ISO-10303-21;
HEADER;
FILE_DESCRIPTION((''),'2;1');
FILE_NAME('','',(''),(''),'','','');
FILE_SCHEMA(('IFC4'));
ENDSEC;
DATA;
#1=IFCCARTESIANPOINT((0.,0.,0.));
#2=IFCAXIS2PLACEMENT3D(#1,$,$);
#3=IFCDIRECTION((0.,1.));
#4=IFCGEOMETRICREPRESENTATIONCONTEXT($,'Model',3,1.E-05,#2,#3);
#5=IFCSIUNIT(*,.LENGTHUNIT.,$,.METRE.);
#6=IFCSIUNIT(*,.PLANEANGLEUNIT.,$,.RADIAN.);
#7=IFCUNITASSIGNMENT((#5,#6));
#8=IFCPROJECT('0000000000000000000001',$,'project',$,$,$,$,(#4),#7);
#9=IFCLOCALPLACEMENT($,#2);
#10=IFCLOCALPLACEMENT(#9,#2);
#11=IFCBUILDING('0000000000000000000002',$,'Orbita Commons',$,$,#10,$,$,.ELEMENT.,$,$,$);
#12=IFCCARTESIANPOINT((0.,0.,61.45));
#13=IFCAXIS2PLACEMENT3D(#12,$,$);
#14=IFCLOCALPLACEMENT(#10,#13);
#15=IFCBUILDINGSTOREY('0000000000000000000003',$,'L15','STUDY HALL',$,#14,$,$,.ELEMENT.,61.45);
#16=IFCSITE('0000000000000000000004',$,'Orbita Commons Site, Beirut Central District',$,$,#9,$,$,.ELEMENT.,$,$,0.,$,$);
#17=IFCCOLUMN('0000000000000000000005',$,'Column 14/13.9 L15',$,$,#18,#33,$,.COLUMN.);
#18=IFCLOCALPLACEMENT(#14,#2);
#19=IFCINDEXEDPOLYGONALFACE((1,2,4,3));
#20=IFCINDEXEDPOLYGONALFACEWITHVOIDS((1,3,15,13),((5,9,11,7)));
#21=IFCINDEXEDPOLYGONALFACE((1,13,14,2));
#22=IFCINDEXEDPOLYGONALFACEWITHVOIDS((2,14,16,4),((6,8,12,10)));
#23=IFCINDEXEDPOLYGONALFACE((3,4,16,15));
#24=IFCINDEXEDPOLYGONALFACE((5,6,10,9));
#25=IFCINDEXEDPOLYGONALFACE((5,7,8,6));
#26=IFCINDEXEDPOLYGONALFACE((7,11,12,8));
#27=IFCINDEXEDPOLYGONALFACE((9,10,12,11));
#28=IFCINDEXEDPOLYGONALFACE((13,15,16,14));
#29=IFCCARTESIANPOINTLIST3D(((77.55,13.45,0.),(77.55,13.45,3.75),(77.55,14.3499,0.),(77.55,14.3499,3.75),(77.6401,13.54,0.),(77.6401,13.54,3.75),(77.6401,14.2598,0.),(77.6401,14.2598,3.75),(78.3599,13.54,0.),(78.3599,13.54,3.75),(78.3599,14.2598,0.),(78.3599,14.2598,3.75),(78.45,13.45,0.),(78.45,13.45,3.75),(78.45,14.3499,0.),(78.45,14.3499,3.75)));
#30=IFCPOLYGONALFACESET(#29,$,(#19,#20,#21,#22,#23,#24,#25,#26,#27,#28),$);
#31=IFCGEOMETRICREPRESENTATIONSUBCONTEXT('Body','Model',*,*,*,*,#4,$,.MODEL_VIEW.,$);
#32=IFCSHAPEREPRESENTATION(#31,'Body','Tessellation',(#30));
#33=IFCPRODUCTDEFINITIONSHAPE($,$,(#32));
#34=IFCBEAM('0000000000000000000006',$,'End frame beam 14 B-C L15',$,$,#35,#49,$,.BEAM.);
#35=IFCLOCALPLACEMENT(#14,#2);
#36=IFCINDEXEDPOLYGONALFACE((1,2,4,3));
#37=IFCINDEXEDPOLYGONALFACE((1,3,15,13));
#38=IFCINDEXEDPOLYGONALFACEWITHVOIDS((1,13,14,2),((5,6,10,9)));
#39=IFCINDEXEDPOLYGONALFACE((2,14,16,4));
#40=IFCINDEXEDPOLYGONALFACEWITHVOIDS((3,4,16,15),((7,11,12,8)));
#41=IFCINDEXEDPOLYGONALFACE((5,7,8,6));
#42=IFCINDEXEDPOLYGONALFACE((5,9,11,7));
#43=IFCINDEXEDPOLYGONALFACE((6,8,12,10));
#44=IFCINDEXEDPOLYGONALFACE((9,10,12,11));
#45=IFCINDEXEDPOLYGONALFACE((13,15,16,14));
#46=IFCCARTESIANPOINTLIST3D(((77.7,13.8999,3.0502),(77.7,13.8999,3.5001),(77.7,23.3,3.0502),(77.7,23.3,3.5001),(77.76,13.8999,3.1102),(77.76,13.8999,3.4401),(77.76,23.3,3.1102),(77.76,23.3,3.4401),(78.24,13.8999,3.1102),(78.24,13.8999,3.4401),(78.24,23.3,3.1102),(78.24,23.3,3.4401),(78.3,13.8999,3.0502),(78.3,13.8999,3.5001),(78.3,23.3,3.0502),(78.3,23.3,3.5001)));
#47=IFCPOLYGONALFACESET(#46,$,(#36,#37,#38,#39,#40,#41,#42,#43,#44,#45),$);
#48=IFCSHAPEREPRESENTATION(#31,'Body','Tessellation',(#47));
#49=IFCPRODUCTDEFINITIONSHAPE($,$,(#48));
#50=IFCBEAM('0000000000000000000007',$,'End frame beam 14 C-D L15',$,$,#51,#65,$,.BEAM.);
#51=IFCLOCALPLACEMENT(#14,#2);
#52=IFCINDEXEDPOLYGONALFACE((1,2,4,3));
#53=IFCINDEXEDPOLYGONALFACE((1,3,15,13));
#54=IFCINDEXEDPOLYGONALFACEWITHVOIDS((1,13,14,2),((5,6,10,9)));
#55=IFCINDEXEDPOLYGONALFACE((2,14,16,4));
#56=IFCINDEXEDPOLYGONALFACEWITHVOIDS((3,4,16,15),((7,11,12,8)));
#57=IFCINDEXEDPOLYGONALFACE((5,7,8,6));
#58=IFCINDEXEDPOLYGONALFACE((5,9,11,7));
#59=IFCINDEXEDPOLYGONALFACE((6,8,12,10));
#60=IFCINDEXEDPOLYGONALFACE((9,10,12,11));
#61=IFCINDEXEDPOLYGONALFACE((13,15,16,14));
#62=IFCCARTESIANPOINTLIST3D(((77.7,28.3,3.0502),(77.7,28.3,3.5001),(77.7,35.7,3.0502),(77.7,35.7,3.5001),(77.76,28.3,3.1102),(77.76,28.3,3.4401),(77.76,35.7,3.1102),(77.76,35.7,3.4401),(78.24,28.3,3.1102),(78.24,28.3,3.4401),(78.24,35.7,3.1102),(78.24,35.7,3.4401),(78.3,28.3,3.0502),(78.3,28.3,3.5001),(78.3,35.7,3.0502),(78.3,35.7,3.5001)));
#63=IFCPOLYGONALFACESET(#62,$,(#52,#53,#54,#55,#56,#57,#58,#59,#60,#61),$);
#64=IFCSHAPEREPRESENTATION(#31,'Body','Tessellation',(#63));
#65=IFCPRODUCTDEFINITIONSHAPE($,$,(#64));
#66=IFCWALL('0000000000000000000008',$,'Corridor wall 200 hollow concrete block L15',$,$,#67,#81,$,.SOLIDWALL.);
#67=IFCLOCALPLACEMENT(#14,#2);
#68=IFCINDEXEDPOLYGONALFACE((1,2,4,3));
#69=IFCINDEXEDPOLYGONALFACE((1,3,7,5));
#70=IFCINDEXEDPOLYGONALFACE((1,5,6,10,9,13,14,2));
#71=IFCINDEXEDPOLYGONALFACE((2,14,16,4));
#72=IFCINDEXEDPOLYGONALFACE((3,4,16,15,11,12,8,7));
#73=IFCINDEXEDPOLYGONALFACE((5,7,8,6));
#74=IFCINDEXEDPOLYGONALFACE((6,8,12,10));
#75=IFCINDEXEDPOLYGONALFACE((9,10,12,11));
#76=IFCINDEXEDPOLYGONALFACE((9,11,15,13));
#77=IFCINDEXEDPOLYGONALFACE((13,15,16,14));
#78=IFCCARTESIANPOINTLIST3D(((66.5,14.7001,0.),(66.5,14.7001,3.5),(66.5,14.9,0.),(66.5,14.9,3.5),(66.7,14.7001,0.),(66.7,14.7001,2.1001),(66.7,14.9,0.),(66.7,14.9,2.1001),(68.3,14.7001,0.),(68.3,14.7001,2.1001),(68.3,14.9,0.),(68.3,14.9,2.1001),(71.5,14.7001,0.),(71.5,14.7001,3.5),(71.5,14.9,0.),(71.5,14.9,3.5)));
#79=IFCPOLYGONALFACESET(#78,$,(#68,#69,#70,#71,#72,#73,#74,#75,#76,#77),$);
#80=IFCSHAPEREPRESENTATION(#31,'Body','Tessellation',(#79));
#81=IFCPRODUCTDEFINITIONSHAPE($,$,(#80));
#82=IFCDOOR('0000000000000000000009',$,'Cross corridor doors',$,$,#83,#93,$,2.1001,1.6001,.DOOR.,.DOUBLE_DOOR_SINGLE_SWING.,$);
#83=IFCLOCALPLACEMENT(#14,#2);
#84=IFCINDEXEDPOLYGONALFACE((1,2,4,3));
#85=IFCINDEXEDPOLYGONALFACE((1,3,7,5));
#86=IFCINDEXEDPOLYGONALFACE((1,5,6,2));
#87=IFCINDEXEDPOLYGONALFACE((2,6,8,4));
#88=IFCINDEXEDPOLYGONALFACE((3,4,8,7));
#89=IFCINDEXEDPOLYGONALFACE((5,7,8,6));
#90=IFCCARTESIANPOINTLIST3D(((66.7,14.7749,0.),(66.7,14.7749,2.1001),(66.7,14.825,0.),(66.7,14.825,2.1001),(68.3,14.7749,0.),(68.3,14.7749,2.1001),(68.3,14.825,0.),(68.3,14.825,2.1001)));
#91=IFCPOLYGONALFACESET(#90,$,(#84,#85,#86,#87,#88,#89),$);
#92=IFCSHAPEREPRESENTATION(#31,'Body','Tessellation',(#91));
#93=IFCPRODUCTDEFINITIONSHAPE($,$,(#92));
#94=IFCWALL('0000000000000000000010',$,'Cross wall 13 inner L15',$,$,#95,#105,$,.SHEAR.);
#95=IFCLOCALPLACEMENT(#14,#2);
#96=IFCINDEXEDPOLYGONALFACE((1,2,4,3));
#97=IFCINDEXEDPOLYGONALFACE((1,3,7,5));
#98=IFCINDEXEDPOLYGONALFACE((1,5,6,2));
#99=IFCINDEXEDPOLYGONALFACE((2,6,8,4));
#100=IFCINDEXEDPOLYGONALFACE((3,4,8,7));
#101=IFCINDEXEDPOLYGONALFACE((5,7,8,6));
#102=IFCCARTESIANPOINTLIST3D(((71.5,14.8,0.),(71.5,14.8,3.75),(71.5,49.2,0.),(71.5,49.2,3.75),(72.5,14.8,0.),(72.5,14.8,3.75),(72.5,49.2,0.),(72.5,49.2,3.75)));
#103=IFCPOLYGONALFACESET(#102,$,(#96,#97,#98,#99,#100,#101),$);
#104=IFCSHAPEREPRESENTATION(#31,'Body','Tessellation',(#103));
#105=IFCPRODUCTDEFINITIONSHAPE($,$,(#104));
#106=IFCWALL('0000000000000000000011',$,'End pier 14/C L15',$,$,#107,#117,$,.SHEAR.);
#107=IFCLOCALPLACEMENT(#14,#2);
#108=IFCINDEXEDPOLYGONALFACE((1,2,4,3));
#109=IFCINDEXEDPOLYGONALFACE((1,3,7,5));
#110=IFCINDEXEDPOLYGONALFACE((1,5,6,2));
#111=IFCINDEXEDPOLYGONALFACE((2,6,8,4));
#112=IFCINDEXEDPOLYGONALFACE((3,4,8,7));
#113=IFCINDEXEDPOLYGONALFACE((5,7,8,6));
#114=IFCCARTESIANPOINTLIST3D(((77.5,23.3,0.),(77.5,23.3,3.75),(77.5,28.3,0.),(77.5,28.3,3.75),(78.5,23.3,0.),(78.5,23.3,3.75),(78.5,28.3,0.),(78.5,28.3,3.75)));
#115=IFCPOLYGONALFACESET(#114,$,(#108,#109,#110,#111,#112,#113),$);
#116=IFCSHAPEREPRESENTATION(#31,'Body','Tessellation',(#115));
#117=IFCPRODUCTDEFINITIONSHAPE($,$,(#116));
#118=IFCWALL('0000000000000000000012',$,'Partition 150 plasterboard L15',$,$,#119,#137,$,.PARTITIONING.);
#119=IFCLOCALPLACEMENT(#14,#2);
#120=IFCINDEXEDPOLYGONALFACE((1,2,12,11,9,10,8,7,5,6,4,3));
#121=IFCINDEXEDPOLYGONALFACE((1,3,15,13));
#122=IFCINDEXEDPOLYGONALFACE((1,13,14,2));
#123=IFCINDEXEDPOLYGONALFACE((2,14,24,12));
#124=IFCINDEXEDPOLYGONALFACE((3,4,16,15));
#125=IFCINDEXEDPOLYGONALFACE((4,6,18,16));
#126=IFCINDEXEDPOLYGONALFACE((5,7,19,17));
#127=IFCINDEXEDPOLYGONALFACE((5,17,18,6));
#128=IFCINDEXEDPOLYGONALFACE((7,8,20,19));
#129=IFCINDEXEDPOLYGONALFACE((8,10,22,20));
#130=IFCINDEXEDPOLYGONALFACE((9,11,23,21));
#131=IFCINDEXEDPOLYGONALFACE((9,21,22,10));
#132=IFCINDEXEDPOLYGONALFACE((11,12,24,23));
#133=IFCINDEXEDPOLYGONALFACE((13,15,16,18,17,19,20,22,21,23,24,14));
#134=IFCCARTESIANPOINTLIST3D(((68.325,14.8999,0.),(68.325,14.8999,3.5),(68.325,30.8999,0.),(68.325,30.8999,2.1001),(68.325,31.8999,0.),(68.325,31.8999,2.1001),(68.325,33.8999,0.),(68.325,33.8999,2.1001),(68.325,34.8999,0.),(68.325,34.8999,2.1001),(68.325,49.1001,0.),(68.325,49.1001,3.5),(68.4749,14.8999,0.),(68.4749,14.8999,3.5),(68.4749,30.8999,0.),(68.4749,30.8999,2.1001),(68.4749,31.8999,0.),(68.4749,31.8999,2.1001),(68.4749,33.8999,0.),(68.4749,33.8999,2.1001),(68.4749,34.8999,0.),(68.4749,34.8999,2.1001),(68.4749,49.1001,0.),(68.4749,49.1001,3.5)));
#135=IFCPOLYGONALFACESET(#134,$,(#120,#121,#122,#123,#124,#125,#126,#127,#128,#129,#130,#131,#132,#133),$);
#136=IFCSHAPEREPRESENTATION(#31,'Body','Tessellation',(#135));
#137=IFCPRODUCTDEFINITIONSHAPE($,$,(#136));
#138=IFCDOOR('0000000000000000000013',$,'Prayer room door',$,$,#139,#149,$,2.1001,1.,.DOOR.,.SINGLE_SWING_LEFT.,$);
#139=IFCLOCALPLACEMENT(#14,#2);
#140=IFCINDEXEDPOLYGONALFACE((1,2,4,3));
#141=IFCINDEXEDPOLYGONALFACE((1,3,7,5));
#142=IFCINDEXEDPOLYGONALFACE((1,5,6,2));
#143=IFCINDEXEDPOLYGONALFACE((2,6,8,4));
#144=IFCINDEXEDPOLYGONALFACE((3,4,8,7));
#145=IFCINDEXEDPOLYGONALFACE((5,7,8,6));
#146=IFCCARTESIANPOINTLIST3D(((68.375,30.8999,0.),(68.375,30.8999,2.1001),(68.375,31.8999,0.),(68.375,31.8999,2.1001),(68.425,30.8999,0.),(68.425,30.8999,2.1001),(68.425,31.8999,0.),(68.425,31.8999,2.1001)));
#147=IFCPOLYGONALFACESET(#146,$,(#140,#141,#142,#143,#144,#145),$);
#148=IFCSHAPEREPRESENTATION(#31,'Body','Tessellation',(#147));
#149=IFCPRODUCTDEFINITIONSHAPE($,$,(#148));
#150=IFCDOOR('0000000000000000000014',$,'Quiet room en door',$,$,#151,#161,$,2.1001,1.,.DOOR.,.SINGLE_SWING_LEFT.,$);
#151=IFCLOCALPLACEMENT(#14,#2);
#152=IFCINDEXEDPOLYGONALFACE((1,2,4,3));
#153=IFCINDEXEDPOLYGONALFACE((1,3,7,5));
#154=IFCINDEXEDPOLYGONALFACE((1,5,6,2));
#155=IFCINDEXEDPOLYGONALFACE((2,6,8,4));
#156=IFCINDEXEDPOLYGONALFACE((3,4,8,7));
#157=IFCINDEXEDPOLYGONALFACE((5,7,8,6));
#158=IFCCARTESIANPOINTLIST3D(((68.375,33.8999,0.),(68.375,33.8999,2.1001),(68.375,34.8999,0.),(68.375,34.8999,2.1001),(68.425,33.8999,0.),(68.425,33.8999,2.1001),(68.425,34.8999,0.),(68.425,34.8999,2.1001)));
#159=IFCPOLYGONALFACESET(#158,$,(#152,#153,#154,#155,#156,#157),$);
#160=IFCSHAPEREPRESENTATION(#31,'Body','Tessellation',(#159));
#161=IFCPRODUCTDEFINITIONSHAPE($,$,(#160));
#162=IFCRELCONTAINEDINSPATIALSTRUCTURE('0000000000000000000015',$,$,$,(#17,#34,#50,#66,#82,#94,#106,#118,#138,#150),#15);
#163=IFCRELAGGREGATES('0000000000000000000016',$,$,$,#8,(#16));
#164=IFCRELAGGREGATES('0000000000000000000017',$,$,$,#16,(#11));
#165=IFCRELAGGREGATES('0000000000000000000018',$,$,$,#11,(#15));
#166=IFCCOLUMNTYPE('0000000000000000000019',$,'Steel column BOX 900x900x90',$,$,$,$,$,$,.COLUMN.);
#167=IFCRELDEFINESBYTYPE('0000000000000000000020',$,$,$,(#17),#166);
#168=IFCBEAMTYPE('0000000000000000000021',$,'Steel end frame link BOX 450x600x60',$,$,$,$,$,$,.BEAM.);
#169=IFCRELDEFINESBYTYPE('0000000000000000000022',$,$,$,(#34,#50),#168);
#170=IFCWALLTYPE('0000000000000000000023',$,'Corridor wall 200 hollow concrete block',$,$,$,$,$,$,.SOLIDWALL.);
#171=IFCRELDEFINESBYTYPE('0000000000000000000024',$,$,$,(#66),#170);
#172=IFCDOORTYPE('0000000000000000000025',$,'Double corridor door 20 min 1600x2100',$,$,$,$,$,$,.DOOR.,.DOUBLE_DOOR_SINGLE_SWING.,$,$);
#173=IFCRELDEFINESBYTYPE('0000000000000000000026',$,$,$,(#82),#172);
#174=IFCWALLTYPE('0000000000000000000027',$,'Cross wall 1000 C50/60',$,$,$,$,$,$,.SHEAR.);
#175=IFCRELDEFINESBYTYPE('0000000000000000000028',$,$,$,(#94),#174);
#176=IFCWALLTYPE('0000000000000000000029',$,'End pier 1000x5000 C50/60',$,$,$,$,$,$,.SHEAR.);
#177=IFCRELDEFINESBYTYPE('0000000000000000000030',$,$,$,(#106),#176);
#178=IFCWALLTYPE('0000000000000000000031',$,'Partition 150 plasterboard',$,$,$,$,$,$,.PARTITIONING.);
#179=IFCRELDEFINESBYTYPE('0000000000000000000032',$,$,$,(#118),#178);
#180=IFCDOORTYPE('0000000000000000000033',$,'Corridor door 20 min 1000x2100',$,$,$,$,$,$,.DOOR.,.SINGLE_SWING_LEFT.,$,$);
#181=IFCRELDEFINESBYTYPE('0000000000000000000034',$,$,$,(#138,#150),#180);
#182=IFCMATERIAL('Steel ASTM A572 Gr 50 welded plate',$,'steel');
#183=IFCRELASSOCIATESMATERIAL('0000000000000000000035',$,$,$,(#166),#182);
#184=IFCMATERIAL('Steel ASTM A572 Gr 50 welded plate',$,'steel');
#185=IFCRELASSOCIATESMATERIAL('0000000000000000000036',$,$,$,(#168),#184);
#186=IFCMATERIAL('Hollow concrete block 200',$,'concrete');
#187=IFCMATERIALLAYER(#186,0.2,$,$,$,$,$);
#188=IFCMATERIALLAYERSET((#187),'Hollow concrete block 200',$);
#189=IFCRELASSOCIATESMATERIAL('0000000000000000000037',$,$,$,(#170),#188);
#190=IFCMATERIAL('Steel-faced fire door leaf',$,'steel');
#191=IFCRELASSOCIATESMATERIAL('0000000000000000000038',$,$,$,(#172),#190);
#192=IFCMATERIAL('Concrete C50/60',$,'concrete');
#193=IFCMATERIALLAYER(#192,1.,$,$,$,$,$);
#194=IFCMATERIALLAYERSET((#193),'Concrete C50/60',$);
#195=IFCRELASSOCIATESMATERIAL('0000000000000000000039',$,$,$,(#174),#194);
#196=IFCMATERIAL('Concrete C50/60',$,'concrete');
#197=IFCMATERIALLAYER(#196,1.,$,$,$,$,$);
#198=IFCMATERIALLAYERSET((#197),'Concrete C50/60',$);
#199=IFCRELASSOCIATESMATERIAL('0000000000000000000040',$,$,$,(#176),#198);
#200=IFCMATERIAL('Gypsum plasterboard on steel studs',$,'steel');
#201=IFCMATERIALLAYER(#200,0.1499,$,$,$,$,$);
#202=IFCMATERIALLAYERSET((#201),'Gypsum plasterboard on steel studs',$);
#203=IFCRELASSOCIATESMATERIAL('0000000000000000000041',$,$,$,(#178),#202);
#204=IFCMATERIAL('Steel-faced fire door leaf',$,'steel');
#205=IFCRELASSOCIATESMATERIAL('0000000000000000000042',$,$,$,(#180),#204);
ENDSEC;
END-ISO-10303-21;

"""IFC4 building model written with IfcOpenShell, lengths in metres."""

from ifc_helpers import new_model, si_unit, direction, frame, frame_2d, origin, origin_2d, place, context, subcontext, project, spatial, rectangle, hollow_rectangle, extrude, material, layer, layer_set, material_profile, profile_set, type_object, element, fill, save


model = new_model("IFC4")

# Units and contexts
model_context = context("Model", 3, precision=1e-05, world=origin(), true_north=direction((0.0, 1.0)))
body_context = subcontext(model_context, "Body", "Model", "MODEL_VIEW")
ifc_project = project(units=[si_unit("LENGTHUNIT", "METRE"), si_unit("PLANEANGLEUNIT", "RADIAN")], contexts=[model_context])

# Site, building, storey
site_placement = place(None, origin())
site = spatial("IfcSite", under=ifc_project, at=site_placement, Name="Orbita Commons Site, Beirut Central District", CompositionType="ELEMENT", RefElevation=0.0)
building_placement = place(site_placement, origin())
building = spatial("IfcBuilding", under=site, at=building_placement, Name="Orbita Commons", CompositionType="ELEMENT")
storey_placement = place(building_placement, frame((0.0, 0.0, 61.45)))
storey = spatial("IfcBuildingStorey", under=building, at=storey_placement, Name="L15", Description="STUDY HALL", CompositionType="ELEMENT", Elevation=61.45)

# Column
ifc_material_1 = material(Name="Steel ASTM A572 Gr 50 welded plate", Category="steel")
ifc_material_profile_1 = material_profile(ifc_material_1, hollow_rectangle(XDim=0.8999, YDim=0.8999, WallThickness=0.0901, at=origin_2d()), Name="BOX 900x900x90")
ifc_profile_set_1 = profile_set([ifc_material_profile_1], Name="Steel ASTM A572 Gr 50 welded plate")
column_type = type_object("IfcColumnType", Name="Steel column BOX 900x900x90", PredefinedType="COLUMN", material=ifc_profile_set_1)
column_placement = place(storey_placement, frame((78.0, 13.8999, 0.0), z_axis=(0.0, 0.0, 1.0), x_axis=(1.0, 0.0, 0.0)))
element("IfcColumn", 1, at=column_placement, inside=storey, type_object=column_type, Name="Column 14/13.9 L15", PredefinedType="COLUMN", context=body_context, shape_type="SweptSolid", body=[
    extrude(hollow_rectangle(XDim=0.8999, YDim=0.8999, WallThickness=0.0901, at=origin_2d()), origin(), (0.0, 0.0, 1.0), 3.75),
])

# Beams
ifc_material_2 = material(Name="Steel ASTM A572 Gr 50 welded plate", Category="steel")
ifc_material_profile_2 = material_profile(ifc_material_2, hollow_rectangle(XDim=0.6001, YDim=0.45, WallThickness=0.0601, at=origin_2d()), Name="BOX 450x600x60")
ifc_profile_set_2 = profile_set([ifc_material_profile_2], Name="Steel ASTM A572 Gr 50 welded plate")
beam_type = type_object("IfcBeamType", Name="Steel end frame link BOX 450x600x60", PredefinedType="BEAM", material=ifc_profile_set_2)
beam_1_placement = place(storey_placement, frame((78.0, 13.8999, 3.2751), z_axis=(0.0, 1.0, 0.0), x_axis=(-1.0, 0.0, 0.0)))
element("IfcBeam", 2, at=beam_1_placement, inside=storey, type_object=beam_type, Name="End frame beam 14 B-C L15", PredefinedType="BEAM", context=body_context, shape_type="SweptSolid", body=[
    extrude(hollow_rectangle(XDim=0.6001, YDim=0.45, WallThickness=0.0601, at=origin_2d()), origin(), (0.0, 0.0, 1.0), 9.4001),
])
beam_2_placement = place(storey_placement, frame((78.0, 28.3, 3.2751), z_axis=(0.0, 1.0, 0.0), x_axis=(-1.0, 0.0, 0.0)))
element("IfcBeam", 3, at=beam_2_placement, inside=storey, type_object=beam_type, Name="End frame beam 14 C-D L15", PredefinedType="BEAM", context=body_context, shape_type="SweptSolid", body=[
    extrude(hollow_rectangle(XDim=0.6001, YDim=0.45, WallThickness=0.0601, at=origin_2d()), origin(), (0.0, 0.0, 1.0), 7.3999),
])

# Wall, opening, door
ifc_material_3 = material(Name="Hollow concrete block 200", Category="concrete")
ifc_layer_1 = layer(ifc_material_3, 0.2)
ifc_layer_set_1 = layer_set([ifc_layer_1], Name="Hollow concrete block 200")
wall_type_1 = type_object("IfcWallType", Name="Corridor wall 200 hollow concrete block", PredefinedType="SOLIDWALL", material=ifc_layer_set_1)
wall_1_placement = place(storey_placement, frame((66.5, 14.8, 0.0), z_axis=(0.0, 0.0, 1.0), x_axis=(1.0, 0.0, 0.0)))
wall_1 = element("IfcWall", 4, at=wall_1_placement, inside=storey, type_object=wall_type_1, Name="Corridor wall 200 hollow concrete block L15", PredefinedType="SOLIDWALL", context=body_context, shape_type="SweptSolid", body=[
    extrude(rectangle(XDim=5.0, YDim=0.2, at=frame_2d((2.5, 0.0))), origin(), (0.0, 0.0, 1.0), 3.5),
])
opening_1_placement = place(wall_1_placement, frame((0.2, 0.0, 0.0)))
opening_1 = element("IfcOpeningElement", 5, at=opening_1_placement, cuts=wall_1, PredefinedType="OPENING", context=body_context, shape_type="SweptSolid", body=[
    extrude(rectangle(XDim=1.6001, YDim=2.1001, at=frame_2d((0.8, 1.05))), frame((0.0, 0.1099, 0.0), z_axis=(0.0, -1.0, 0.0), x_axis=(1.0, 0.0, 0.0)), (0.0, 0.0, 1.0), 0.22),
])
ifc_material_4 = material(Name="Steel-faced fire door leaf", Category="steel")
door_type_1 = type_object("IfcDoorType", Name="Double corridor door 20 min 1600x2100", OperationType="DOUBLE_DOOR_SINGLE_SWING", PredefinedType="DOOR", material=ifc_material_4)
door_1_placement = place(opening_1_placement, origin())
door_1 = element("IfcDoor", 6, at=door_1_placement, inside=storey, type_object=door_type_1, Name="Cross corridor doors", OperationType="DOUBLE_DOOR_SINGLE_SWING", OverallHeight=2.1001, OverallWidth=1.6001, PredefinedType="DOOR", context=body_context, shape_type="SweptSolid", body=[
    extrude(rectangle(XDim=1.6001, YDim=2.1001, at=frame_2d((0.8, 1.05))), frame((0.0, 0.0249, 0.0), z_axis=(0.0, -1.0, 0.0), x_axis=(1.0, 0.0, 0.0)), (0.0, 0.0, 1.0), 0.05),
])
fill(opening_1, door_1)

# Walls
ifc_material_5 = material(Name="Concrete C50/60", Category="concrete")
ifc_layer_2 = layer(ifc_material_5, 1.0)
ifc_layer_set_2 = layer_set([ifc_layer_2], Name="Concrete C50/60")
wall_type_2 = type_object("IfcWallType", Name="Cross wall 1000 C50/60", PredefinedType="SHEAR", material=ifc_layer_set_2)
wall_2_placement = place(storey_placement, frame((72.0, 14.8, 0.0), z_axis=(0.0, 0.0, 1.0), x_axis=(0.0, 1.0, 0.0)))
element("IfcWall", 7, at=wall_2_placement, inside=storey, type_object=wall_type_2, Name="Cross wall 13 inner L15", PredefinedType="SHEAR", context=body_context, shape_type="SweptSolid", body=[
    extrude(rectangle(XDim=34.3999, YDim=1.0, at=frame_2d((17.2, 0.0))), origin(), (0.0, 0.0, 1.0), 3.75),
])
ifc_material_6 = material(Name="Concrete C50/60", Category="concrete")
ifc_layer_3 = layer(ifc_material_6, 1.0)
ifc_layer_set_3 = layer_set([ifc_layer_3], Name="Concrete C50/60")
wall_type_3 = type_object("IfcWallType", Name="End pier 1000x5000 C50/60", PredefinedType="SHEAR", material=ifc_layer_set_3)
wall_3_placement = place(storey_placement, frame((78.0, 23.3, 0.0), z_axis=(0.0, 0.0, 1.0), x_axis=(0.0, 1.0, 0.0)))
element("IfcWall", 8, at=wall_3_placement, inside=storey, type_object=wall_type_3, Name="End pier 14/C L15", PredefinedType="SHEAR", context=body_context, shape_type="SweptSolid", body=[
    extrude(rectangle(XDim=5.0, YDim=1.0, at=frame_2d((2.5, 0.0))), origin(), (0.0, 0.0, 1.0), 3.75),
])

# Wall, openings, doors
ifc_material_7 = material(Name="Gypsum plasterboard on steel studs", Category="steel")
ifc_layer_4 = layer(ifc_material_7, 0.1499)
ifc_layer_set_4 = layer_set([ifc_layer_4], Name="Gypsum plasterboard on steel studs")
wall_type_4 = type_object("IfcWallType", Name="Partition 150 plasterboard", PredefinedType="PARTITIONING", material=ifc_layer_set_4)
wall_4_placement = place(storey_placement, frame((68.3999, 14.8999, 0.0), z_axis=(0.0, 0.0, 1.0), x_axis=(0.0, 1.0, 0.0)))
wall_4 = element("IfcWall", 9, at=wall_4_placement, inside=storey, type_object=wall_type_4, Name="Partition 150 plasterboard L15", PredefinedType="PARTITIONING", context=body_context, shape_type="SweptSolid", body=[
    extrude(rectangle(XDim=34.2002, YDim=0.1499, at=frame_2d((17.1001, 0.0))), origin(), (0.0, 0.0, 1.0), 3.5),
])
opening_2_placement = place(wall_4_placement, frame((16.0, 0.0, 0.0)))
opening_2 = element("IfcOpeningElement", 10, at=opening_2_placement, cuts=wall_4, PredefinedType="OPENING", context=body_context, shape_type="SweptSolid", body=[
    extrude(rectangle(XDim=1.0, YDim=2.1001, at=frame_2d((0.5, 1.05))), frame((0.0, 0.085, 0.0), z_axis=(0.0, -1.0, 0.0), x_axis=(1.0, 0.0, 0.0)), (0.0, 0.0, 1.0), 0.1699),
])
opening_3_placement = place(wall_4_placement, frame((19.0, 0.0, 0.0)))
opening_3 = element("IfcOpeningElement", 11, at=opening_3_placement, cuts=wall_4, PredefinedType="OPENING", context=body_context, shape_type="SweptSolid", body=[
    extrude(rectangle(XDim=1.0, YDim=2.1001, at=frame_2d((0.5, 1.05))), frame((0.0, 0.085, 0.0), z_axis=(0.0, -1.0, 0.0), x_axis=(1.0, 0.0, 0.0)), (0.0, 0.0, 1.0), 0.1699),
])
ifc_material_8 = material(Name="Steel-faced fire door leaf", Category="steel")
door_type_2 = type_object("IfcDoorType", Name="Corridor door 20 min 1000x2100", OperationType="SINGLE_SWING_LEFT", PredefinedType="DOOR", material=ifc_material_8)
door_2_placement = place(opening_2_placement, origin())
door_2 = element("IfcDoor", 12, at=door_2_placement, inside=storey, type_object=door_type_2, Name="Prayer room door", OperationType="SINGLE_SWING_LEFT", OverallHeight=2.1001, OverallWidth=1.0, PredefinedType="DOOR", context=body_context, shape_type="SweptSolid", body=[
    extrude(rectangle(XDim=1.0, YDim=2.1001, at=frame_2d((0.5, 1.05))), frame((0.0, 0.0249, 0.0), z_axis=(0.0, -1.0, 0.0), x_axis=(1.0, 0.0, 0.0)), (0.0, 0.0, 1.0), 0.05),
])
fill(opening_2, door_2)
door_3_placement = place(opening_3_placement, origin())
door_3 = element("IfcDoor", 13, at=door_3_placement, inside=storey, type_object=door_type_2, Name="Quiet room en door", OperationType="SINGLE_SWING_LEFT", OverallHeight=2.1001, OverallWidth=1.0, PredefinedType="DOOR", context=body_context, shape_type="SweptSolid", body=[
    extrude(rectangle(XDim=1.0, YDim=2.1001, at=frame_2d((0.5, 1.05))), frame((0.0, 0.0249, 0.0), z_axis=(0.0, -1.0, 0.0), x_axis=(1.0, 0.0, 0.0)), (0.0, 0.0, 1.0), 0.05),
])
fill(opening_3, door_3)

save(model, "model.ifc")
